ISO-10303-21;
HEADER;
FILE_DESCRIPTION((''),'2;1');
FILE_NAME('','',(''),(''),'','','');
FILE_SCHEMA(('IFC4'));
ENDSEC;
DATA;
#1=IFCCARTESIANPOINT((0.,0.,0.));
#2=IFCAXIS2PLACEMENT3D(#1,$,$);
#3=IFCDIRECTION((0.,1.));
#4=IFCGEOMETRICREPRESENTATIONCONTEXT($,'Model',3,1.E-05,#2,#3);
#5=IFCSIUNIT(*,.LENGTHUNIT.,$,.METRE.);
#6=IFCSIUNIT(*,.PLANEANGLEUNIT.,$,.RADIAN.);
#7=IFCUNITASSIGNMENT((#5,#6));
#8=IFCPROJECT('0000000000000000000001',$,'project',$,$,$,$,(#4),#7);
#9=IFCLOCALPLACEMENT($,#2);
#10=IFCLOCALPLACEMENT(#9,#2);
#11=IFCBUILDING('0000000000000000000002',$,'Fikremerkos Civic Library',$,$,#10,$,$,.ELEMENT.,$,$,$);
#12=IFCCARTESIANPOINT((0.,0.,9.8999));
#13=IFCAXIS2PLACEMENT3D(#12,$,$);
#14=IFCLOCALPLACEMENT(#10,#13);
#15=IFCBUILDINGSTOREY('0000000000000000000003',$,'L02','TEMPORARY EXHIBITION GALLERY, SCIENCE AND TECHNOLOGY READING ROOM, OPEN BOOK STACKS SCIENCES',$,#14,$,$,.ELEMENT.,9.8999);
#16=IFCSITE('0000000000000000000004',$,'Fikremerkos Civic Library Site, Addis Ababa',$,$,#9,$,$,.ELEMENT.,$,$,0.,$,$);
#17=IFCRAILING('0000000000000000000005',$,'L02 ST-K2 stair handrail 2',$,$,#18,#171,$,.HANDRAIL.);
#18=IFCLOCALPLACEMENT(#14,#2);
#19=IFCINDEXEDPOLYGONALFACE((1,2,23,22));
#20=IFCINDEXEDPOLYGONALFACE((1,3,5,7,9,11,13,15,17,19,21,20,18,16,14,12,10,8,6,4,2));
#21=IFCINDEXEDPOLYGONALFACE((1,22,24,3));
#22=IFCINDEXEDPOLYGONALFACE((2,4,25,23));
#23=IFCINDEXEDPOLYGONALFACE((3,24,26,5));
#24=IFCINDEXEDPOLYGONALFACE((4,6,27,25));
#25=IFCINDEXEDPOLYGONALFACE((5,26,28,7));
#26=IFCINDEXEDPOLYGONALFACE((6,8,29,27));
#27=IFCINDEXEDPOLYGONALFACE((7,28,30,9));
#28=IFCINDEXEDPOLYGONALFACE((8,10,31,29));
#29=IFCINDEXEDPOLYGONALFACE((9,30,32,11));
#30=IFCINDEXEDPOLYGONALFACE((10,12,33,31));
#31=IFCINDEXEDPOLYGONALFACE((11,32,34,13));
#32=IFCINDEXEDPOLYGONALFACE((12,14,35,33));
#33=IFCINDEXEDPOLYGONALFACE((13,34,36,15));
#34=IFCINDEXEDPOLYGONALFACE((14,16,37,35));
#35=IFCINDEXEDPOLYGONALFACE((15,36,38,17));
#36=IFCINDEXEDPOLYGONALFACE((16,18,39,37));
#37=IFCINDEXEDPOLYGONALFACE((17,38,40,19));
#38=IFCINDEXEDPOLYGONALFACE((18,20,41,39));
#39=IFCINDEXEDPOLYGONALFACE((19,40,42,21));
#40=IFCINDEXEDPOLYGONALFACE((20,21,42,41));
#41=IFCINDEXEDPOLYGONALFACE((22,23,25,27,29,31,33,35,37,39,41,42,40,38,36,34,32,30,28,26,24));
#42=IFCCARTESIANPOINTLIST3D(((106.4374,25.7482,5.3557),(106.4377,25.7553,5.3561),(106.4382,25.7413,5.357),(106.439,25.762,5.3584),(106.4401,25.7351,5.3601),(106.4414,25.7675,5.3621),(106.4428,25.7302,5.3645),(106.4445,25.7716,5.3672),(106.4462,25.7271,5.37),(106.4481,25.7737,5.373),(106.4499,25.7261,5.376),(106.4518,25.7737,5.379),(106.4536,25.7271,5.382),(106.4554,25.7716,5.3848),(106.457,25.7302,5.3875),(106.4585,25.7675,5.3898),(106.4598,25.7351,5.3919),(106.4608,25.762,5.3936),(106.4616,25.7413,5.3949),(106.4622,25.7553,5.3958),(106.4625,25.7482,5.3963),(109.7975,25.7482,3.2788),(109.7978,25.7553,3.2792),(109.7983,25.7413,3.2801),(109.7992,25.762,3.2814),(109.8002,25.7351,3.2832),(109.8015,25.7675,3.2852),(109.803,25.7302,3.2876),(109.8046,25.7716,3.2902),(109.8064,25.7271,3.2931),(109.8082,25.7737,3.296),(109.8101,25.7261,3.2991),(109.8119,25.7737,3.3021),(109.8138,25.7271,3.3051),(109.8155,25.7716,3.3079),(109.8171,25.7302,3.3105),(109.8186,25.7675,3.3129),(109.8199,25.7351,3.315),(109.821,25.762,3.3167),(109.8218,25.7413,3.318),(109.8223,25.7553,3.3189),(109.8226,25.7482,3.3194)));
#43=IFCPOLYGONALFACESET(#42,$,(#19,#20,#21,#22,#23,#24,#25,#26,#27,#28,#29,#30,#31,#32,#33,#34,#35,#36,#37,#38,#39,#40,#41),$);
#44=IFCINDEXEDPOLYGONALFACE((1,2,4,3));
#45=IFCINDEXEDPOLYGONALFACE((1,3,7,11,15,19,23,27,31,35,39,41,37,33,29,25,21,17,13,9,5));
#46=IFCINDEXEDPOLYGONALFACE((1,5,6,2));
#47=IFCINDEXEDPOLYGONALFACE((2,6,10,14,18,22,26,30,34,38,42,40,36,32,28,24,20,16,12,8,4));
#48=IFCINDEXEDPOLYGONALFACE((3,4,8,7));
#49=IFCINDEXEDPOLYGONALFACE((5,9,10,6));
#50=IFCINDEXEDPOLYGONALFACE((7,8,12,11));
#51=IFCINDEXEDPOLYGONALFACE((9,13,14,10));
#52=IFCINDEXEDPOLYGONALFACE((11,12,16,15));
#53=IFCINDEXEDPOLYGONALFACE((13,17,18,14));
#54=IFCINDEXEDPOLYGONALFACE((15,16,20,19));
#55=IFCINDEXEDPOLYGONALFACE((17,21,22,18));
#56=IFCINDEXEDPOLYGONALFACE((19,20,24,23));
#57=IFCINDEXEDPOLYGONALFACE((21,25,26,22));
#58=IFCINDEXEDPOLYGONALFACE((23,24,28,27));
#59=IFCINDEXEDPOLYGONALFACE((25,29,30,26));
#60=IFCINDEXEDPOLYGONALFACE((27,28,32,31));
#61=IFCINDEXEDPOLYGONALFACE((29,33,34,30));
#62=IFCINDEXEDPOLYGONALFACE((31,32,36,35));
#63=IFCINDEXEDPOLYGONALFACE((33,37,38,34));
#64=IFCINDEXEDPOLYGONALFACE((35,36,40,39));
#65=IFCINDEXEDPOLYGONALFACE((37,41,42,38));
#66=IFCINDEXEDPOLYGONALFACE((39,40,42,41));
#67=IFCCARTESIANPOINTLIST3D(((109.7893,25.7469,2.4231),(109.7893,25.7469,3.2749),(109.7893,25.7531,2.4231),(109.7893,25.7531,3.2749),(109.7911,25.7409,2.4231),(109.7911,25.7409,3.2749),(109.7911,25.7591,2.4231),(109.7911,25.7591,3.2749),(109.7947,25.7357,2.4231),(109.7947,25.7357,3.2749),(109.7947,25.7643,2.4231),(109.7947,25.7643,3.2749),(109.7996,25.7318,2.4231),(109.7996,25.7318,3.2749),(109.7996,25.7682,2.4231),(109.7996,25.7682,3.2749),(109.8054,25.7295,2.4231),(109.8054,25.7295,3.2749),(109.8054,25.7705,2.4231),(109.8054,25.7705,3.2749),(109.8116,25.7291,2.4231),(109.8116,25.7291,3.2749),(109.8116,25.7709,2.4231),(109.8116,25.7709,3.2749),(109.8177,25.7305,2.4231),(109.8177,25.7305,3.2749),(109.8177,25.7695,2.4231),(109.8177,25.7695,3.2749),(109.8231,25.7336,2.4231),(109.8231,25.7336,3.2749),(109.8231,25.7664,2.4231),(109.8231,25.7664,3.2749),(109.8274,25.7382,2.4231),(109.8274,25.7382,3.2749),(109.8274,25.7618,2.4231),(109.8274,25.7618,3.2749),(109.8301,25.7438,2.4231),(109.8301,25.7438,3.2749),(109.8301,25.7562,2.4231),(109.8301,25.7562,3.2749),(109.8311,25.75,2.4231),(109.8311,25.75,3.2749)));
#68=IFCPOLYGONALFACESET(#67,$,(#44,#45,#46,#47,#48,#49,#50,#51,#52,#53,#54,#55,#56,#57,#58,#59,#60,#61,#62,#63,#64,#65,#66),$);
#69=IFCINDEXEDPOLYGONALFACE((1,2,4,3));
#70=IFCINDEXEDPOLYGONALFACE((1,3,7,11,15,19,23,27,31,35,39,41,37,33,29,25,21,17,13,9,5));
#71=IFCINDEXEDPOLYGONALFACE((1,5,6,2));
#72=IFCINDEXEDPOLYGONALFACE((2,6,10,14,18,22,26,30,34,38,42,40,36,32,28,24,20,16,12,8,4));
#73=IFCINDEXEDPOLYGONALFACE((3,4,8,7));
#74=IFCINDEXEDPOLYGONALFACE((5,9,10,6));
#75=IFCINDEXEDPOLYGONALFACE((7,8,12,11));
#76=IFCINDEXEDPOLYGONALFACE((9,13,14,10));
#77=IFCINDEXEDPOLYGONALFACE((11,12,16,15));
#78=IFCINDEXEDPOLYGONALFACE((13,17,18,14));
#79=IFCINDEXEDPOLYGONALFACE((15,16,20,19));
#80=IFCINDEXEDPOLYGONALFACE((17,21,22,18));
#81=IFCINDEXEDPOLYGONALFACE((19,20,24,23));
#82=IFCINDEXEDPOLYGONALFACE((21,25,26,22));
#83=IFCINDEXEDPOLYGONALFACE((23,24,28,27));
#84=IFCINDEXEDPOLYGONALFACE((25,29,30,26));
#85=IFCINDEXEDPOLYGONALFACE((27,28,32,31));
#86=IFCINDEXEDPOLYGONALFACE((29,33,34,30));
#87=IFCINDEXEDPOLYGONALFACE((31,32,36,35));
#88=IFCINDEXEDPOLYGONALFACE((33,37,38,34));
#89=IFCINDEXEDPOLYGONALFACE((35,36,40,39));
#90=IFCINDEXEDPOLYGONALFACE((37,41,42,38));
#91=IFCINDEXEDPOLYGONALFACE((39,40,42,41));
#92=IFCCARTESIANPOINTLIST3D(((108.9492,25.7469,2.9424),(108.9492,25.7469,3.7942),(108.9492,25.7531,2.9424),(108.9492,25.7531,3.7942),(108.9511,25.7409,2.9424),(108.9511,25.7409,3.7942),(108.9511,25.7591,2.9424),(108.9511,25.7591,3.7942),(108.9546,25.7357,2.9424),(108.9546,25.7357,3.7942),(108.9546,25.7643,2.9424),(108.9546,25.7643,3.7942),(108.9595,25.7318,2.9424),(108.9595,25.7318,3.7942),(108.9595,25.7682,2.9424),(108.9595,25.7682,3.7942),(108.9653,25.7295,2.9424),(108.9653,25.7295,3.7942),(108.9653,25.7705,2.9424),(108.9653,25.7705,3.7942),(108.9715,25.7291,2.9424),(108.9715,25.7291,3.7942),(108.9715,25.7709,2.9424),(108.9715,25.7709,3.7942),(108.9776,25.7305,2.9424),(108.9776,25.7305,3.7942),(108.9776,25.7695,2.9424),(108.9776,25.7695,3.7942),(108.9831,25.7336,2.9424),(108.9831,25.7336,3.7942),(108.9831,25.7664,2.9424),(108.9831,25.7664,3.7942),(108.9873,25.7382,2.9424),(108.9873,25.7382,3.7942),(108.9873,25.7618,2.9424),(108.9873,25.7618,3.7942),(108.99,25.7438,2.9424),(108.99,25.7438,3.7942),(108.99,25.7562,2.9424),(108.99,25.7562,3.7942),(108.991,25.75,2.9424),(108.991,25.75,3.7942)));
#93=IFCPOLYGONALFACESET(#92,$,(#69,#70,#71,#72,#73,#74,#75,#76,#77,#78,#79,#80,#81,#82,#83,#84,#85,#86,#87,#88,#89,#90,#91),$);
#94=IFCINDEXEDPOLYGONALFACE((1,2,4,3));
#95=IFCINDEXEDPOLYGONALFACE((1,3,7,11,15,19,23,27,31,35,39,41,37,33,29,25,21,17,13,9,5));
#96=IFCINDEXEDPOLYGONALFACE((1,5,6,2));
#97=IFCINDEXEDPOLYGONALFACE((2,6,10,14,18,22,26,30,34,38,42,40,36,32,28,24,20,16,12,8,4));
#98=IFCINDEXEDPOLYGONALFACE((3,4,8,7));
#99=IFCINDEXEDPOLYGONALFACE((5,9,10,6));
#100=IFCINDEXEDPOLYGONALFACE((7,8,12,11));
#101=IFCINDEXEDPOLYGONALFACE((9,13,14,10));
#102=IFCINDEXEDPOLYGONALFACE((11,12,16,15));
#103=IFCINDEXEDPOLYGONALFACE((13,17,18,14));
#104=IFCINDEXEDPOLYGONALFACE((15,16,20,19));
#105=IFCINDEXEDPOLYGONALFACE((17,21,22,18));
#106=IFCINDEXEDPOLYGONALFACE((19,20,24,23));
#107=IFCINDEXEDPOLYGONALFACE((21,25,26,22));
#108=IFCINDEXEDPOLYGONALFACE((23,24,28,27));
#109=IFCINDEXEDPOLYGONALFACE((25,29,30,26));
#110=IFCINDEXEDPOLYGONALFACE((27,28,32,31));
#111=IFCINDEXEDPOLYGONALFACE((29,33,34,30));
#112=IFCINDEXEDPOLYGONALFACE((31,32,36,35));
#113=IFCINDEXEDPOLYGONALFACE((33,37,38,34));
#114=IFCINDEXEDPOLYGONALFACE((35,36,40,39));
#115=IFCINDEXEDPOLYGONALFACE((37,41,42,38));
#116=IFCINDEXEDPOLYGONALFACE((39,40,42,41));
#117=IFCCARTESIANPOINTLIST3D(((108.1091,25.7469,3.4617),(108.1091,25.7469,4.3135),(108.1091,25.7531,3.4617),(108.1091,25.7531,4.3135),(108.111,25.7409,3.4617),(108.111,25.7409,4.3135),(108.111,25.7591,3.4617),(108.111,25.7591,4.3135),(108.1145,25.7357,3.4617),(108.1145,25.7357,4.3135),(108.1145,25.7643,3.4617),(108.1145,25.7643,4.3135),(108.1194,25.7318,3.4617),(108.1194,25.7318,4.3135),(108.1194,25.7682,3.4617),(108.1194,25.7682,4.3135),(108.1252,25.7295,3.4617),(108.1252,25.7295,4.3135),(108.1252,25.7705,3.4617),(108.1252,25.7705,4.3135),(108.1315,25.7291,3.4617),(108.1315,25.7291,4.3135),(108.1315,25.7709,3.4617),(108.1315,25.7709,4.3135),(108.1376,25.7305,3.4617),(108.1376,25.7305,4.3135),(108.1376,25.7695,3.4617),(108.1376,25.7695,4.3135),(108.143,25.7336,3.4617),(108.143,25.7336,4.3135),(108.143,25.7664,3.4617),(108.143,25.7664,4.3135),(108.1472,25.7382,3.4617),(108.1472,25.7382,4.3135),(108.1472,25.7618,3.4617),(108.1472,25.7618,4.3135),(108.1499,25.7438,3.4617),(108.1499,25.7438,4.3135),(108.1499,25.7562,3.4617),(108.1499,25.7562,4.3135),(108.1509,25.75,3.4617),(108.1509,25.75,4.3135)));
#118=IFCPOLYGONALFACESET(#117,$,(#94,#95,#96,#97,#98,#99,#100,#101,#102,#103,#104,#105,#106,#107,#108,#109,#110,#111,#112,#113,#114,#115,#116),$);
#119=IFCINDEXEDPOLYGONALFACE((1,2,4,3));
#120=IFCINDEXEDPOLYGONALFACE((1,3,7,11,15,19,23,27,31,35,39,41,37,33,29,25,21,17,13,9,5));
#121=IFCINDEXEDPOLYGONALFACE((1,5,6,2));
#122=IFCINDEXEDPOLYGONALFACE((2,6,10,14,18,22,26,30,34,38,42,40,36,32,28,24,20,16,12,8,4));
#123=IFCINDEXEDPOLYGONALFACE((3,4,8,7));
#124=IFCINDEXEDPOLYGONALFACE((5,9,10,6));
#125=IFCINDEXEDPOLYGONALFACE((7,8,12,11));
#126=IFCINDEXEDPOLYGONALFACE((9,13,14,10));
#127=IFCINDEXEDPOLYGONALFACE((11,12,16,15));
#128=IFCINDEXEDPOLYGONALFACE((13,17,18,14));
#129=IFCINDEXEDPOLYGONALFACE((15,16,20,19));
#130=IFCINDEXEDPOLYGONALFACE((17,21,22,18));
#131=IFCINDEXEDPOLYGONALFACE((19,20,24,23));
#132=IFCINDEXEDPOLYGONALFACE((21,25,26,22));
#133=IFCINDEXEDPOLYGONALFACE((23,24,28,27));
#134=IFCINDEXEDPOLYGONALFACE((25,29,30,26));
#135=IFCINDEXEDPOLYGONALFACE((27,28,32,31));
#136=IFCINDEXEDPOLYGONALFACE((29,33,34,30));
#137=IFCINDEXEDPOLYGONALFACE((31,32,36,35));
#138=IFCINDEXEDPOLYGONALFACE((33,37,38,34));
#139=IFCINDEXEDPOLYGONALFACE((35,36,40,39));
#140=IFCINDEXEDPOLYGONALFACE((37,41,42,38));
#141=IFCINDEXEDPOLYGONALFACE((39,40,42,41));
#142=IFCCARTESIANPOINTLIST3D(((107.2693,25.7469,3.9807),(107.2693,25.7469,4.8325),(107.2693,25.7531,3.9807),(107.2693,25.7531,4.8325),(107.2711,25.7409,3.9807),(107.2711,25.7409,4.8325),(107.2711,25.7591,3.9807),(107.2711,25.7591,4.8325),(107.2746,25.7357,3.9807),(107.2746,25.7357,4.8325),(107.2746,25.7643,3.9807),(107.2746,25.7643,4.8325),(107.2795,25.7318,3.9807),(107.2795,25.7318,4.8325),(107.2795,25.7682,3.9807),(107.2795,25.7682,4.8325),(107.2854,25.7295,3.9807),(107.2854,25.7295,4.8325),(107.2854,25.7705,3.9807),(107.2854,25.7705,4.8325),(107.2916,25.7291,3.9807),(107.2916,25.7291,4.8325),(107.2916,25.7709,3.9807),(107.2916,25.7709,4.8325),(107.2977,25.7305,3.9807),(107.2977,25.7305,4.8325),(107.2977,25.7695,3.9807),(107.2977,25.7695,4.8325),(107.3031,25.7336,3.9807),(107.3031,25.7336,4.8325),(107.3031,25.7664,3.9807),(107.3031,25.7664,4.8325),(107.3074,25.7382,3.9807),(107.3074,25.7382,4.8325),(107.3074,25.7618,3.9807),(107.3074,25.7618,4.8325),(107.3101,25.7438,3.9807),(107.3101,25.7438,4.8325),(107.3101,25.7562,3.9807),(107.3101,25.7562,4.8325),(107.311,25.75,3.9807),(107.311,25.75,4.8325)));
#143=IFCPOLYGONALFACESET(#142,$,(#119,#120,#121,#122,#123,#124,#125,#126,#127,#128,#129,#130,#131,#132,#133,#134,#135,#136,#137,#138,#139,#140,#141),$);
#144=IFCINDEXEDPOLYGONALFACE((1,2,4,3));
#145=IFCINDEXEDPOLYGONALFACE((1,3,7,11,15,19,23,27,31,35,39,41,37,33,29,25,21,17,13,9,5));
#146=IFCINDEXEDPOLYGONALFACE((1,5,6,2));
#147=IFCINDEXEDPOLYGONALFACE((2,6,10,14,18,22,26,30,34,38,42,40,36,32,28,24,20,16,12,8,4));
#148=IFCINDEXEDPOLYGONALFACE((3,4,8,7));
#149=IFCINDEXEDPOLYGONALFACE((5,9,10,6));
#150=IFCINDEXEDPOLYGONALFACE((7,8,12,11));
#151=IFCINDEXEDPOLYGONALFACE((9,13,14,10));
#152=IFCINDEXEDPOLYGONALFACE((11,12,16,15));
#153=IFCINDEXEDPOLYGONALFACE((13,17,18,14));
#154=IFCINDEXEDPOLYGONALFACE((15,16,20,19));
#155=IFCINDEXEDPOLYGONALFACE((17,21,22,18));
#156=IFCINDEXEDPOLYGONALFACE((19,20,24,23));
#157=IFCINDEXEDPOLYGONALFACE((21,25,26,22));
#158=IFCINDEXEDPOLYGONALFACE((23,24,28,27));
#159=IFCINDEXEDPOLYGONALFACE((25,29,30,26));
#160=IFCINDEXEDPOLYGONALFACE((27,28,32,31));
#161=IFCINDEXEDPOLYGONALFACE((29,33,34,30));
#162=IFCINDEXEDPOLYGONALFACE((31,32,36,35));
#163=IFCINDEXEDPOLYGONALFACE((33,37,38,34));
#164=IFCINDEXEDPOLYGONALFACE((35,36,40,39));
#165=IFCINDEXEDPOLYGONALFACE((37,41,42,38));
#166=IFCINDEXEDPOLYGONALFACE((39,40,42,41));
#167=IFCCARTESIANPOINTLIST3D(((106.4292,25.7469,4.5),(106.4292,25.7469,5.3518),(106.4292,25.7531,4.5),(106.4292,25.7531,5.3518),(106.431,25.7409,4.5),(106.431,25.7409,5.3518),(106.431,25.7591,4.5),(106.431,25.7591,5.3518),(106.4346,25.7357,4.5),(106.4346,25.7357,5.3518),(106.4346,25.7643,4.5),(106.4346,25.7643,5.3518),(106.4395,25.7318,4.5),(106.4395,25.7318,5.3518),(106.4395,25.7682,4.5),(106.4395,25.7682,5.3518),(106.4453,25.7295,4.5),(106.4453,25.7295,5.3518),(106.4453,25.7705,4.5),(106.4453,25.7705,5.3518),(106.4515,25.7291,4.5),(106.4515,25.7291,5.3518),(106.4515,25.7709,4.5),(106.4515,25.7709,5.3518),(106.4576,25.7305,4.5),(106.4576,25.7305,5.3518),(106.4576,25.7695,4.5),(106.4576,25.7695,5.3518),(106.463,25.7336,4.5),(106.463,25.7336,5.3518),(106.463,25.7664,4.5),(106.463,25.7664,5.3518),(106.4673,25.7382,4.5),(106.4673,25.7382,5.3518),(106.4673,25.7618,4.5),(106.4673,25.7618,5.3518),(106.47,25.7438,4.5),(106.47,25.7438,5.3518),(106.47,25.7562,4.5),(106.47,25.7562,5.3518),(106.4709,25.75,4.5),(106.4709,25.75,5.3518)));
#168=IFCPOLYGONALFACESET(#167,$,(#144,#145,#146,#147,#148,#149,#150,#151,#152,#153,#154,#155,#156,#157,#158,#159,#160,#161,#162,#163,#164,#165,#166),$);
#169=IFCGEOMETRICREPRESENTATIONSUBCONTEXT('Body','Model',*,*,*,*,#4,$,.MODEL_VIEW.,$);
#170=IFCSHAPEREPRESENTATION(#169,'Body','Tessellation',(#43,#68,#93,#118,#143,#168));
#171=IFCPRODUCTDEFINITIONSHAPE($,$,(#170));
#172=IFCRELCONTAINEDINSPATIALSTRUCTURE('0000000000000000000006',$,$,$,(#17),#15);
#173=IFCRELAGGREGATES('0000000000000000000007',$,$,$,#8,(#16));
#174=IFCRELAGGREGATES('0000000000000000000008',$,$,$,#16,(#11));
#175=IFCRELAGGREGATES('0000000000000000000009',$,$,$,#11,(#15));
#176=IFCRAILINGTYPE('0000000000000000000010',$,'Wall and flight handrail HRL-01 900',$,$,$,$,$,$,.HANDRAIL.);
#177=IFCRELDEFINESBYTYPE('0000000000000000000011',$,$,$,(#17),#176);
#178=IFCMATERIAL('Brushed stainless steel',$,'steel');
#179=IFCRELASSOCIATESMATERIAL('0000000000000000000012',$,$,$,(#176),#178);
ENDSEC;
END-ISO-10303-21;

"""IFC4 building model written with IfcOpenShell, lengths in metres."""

from ifc_helpers import new_model, si_unit, direction, frame, origin, origin_2d, place, context, subcontext, project, spatial, circle, extrude, material, type_object, element, save


model = new_model("IFC4")

# Units and contexts
model_context = context("Model", 3, precision=1e-05, world=origin(), true_north=direction((0.0, 1.0)))
body_context = subcontext(model_context, "Body", "Model", "MODEL_VIEW")
ifc_project = project(units=[si_unit("LENGTHUNIT", "METRE"), si_unit("PLANEANGLEUNIT", "RADIAN")], contexts=[model_context])

# Site, building, storey
site_placement = place(None, origin())
site = spatial("IfcSite", under=ifc_project, at=site_placement, Name="Fikremerkos Civic Library Site, Addis Ababa", CompositionType="ELEMENT", RefElevation=0.0)
building_placement = place(site_placement, origin())
building = spatial("IfcBuilding", under=site, at=building_placement, Name="Fikremerkos Civic Library", CompositionType="ELEMENT")
storey_placement = place(building_placement, frame((0.0, 0.0, 9.8999)))
storey = spatial("IfcBuildingStorey", under=building, at=storey_placement, Name="L02", Description="TEMPORARY EXHIBITION GALLERY, SCIENCE AND TECHNOLOGY READING ROOM, OPEN BOOK STACKS SCIENCES", CompositionType="ELEMENT", Elevation=9.8999)

# Shared definitions
ifc_material_1 = material(Name="Brushed stainless steel", Category="steel")

# Railing
railing_type_1 = type_object("IfcRailingType", Name="Wall and flight handrail HRL-01 900", PredefinedType="HANDRAIL", material=ifc_material_1)
railing_1_placement = place(storey_placement, frame((109.8101, 25.75, 2.4231)))
element("IfcRailing", 1, at=railing_1_placement, inside=storey, type_object=railing_type_1, Name="L02 ST-K2 stair handrail 2", PredefinedType="HANDRAIL", context=body_context, shape_type="SweptSolid", body=[
    extrude(circle(Radius=0.0239, at=origin_2d()), frame((0.0, 0.0, 0.876), z_axis=(-0.850623, 0.0, 0.525776), x_axis=(0.0, -1.0, 0.0)), (0.0, 0.0, 1.0), 3.9502),
    extrude(circle(Radius=0.021, at=origin_2d()), origin(), (0.0, 0.0, 1.0), 0.8518),
    extrude(circle(Radius=0.021, at=origin_2d()), frame((-0.8401, 0.0, 0.5193)), (0.0, 0.0, 1.0), 0.8518),
    extrude(circle(Radius=0.021, at=origin_2d()), frame((-1.6802, 0.0, 1.0386)), (0.0, 0.0, 1.0), 0.8518),
    extrude(circle(Radius=0.021, at=origin_2d()), frame((-2.52, 0.0, 1.5576)), (0.0, 0.0, 1.0), 0.8518),
    extrude(circle(Radius=0.021, at=origin_2d()), frame((-3.3601, 0.0, 2.0769)), (0.0, 0.0, 1.0), 0.8518),
])

save(model, "model.ifc")
